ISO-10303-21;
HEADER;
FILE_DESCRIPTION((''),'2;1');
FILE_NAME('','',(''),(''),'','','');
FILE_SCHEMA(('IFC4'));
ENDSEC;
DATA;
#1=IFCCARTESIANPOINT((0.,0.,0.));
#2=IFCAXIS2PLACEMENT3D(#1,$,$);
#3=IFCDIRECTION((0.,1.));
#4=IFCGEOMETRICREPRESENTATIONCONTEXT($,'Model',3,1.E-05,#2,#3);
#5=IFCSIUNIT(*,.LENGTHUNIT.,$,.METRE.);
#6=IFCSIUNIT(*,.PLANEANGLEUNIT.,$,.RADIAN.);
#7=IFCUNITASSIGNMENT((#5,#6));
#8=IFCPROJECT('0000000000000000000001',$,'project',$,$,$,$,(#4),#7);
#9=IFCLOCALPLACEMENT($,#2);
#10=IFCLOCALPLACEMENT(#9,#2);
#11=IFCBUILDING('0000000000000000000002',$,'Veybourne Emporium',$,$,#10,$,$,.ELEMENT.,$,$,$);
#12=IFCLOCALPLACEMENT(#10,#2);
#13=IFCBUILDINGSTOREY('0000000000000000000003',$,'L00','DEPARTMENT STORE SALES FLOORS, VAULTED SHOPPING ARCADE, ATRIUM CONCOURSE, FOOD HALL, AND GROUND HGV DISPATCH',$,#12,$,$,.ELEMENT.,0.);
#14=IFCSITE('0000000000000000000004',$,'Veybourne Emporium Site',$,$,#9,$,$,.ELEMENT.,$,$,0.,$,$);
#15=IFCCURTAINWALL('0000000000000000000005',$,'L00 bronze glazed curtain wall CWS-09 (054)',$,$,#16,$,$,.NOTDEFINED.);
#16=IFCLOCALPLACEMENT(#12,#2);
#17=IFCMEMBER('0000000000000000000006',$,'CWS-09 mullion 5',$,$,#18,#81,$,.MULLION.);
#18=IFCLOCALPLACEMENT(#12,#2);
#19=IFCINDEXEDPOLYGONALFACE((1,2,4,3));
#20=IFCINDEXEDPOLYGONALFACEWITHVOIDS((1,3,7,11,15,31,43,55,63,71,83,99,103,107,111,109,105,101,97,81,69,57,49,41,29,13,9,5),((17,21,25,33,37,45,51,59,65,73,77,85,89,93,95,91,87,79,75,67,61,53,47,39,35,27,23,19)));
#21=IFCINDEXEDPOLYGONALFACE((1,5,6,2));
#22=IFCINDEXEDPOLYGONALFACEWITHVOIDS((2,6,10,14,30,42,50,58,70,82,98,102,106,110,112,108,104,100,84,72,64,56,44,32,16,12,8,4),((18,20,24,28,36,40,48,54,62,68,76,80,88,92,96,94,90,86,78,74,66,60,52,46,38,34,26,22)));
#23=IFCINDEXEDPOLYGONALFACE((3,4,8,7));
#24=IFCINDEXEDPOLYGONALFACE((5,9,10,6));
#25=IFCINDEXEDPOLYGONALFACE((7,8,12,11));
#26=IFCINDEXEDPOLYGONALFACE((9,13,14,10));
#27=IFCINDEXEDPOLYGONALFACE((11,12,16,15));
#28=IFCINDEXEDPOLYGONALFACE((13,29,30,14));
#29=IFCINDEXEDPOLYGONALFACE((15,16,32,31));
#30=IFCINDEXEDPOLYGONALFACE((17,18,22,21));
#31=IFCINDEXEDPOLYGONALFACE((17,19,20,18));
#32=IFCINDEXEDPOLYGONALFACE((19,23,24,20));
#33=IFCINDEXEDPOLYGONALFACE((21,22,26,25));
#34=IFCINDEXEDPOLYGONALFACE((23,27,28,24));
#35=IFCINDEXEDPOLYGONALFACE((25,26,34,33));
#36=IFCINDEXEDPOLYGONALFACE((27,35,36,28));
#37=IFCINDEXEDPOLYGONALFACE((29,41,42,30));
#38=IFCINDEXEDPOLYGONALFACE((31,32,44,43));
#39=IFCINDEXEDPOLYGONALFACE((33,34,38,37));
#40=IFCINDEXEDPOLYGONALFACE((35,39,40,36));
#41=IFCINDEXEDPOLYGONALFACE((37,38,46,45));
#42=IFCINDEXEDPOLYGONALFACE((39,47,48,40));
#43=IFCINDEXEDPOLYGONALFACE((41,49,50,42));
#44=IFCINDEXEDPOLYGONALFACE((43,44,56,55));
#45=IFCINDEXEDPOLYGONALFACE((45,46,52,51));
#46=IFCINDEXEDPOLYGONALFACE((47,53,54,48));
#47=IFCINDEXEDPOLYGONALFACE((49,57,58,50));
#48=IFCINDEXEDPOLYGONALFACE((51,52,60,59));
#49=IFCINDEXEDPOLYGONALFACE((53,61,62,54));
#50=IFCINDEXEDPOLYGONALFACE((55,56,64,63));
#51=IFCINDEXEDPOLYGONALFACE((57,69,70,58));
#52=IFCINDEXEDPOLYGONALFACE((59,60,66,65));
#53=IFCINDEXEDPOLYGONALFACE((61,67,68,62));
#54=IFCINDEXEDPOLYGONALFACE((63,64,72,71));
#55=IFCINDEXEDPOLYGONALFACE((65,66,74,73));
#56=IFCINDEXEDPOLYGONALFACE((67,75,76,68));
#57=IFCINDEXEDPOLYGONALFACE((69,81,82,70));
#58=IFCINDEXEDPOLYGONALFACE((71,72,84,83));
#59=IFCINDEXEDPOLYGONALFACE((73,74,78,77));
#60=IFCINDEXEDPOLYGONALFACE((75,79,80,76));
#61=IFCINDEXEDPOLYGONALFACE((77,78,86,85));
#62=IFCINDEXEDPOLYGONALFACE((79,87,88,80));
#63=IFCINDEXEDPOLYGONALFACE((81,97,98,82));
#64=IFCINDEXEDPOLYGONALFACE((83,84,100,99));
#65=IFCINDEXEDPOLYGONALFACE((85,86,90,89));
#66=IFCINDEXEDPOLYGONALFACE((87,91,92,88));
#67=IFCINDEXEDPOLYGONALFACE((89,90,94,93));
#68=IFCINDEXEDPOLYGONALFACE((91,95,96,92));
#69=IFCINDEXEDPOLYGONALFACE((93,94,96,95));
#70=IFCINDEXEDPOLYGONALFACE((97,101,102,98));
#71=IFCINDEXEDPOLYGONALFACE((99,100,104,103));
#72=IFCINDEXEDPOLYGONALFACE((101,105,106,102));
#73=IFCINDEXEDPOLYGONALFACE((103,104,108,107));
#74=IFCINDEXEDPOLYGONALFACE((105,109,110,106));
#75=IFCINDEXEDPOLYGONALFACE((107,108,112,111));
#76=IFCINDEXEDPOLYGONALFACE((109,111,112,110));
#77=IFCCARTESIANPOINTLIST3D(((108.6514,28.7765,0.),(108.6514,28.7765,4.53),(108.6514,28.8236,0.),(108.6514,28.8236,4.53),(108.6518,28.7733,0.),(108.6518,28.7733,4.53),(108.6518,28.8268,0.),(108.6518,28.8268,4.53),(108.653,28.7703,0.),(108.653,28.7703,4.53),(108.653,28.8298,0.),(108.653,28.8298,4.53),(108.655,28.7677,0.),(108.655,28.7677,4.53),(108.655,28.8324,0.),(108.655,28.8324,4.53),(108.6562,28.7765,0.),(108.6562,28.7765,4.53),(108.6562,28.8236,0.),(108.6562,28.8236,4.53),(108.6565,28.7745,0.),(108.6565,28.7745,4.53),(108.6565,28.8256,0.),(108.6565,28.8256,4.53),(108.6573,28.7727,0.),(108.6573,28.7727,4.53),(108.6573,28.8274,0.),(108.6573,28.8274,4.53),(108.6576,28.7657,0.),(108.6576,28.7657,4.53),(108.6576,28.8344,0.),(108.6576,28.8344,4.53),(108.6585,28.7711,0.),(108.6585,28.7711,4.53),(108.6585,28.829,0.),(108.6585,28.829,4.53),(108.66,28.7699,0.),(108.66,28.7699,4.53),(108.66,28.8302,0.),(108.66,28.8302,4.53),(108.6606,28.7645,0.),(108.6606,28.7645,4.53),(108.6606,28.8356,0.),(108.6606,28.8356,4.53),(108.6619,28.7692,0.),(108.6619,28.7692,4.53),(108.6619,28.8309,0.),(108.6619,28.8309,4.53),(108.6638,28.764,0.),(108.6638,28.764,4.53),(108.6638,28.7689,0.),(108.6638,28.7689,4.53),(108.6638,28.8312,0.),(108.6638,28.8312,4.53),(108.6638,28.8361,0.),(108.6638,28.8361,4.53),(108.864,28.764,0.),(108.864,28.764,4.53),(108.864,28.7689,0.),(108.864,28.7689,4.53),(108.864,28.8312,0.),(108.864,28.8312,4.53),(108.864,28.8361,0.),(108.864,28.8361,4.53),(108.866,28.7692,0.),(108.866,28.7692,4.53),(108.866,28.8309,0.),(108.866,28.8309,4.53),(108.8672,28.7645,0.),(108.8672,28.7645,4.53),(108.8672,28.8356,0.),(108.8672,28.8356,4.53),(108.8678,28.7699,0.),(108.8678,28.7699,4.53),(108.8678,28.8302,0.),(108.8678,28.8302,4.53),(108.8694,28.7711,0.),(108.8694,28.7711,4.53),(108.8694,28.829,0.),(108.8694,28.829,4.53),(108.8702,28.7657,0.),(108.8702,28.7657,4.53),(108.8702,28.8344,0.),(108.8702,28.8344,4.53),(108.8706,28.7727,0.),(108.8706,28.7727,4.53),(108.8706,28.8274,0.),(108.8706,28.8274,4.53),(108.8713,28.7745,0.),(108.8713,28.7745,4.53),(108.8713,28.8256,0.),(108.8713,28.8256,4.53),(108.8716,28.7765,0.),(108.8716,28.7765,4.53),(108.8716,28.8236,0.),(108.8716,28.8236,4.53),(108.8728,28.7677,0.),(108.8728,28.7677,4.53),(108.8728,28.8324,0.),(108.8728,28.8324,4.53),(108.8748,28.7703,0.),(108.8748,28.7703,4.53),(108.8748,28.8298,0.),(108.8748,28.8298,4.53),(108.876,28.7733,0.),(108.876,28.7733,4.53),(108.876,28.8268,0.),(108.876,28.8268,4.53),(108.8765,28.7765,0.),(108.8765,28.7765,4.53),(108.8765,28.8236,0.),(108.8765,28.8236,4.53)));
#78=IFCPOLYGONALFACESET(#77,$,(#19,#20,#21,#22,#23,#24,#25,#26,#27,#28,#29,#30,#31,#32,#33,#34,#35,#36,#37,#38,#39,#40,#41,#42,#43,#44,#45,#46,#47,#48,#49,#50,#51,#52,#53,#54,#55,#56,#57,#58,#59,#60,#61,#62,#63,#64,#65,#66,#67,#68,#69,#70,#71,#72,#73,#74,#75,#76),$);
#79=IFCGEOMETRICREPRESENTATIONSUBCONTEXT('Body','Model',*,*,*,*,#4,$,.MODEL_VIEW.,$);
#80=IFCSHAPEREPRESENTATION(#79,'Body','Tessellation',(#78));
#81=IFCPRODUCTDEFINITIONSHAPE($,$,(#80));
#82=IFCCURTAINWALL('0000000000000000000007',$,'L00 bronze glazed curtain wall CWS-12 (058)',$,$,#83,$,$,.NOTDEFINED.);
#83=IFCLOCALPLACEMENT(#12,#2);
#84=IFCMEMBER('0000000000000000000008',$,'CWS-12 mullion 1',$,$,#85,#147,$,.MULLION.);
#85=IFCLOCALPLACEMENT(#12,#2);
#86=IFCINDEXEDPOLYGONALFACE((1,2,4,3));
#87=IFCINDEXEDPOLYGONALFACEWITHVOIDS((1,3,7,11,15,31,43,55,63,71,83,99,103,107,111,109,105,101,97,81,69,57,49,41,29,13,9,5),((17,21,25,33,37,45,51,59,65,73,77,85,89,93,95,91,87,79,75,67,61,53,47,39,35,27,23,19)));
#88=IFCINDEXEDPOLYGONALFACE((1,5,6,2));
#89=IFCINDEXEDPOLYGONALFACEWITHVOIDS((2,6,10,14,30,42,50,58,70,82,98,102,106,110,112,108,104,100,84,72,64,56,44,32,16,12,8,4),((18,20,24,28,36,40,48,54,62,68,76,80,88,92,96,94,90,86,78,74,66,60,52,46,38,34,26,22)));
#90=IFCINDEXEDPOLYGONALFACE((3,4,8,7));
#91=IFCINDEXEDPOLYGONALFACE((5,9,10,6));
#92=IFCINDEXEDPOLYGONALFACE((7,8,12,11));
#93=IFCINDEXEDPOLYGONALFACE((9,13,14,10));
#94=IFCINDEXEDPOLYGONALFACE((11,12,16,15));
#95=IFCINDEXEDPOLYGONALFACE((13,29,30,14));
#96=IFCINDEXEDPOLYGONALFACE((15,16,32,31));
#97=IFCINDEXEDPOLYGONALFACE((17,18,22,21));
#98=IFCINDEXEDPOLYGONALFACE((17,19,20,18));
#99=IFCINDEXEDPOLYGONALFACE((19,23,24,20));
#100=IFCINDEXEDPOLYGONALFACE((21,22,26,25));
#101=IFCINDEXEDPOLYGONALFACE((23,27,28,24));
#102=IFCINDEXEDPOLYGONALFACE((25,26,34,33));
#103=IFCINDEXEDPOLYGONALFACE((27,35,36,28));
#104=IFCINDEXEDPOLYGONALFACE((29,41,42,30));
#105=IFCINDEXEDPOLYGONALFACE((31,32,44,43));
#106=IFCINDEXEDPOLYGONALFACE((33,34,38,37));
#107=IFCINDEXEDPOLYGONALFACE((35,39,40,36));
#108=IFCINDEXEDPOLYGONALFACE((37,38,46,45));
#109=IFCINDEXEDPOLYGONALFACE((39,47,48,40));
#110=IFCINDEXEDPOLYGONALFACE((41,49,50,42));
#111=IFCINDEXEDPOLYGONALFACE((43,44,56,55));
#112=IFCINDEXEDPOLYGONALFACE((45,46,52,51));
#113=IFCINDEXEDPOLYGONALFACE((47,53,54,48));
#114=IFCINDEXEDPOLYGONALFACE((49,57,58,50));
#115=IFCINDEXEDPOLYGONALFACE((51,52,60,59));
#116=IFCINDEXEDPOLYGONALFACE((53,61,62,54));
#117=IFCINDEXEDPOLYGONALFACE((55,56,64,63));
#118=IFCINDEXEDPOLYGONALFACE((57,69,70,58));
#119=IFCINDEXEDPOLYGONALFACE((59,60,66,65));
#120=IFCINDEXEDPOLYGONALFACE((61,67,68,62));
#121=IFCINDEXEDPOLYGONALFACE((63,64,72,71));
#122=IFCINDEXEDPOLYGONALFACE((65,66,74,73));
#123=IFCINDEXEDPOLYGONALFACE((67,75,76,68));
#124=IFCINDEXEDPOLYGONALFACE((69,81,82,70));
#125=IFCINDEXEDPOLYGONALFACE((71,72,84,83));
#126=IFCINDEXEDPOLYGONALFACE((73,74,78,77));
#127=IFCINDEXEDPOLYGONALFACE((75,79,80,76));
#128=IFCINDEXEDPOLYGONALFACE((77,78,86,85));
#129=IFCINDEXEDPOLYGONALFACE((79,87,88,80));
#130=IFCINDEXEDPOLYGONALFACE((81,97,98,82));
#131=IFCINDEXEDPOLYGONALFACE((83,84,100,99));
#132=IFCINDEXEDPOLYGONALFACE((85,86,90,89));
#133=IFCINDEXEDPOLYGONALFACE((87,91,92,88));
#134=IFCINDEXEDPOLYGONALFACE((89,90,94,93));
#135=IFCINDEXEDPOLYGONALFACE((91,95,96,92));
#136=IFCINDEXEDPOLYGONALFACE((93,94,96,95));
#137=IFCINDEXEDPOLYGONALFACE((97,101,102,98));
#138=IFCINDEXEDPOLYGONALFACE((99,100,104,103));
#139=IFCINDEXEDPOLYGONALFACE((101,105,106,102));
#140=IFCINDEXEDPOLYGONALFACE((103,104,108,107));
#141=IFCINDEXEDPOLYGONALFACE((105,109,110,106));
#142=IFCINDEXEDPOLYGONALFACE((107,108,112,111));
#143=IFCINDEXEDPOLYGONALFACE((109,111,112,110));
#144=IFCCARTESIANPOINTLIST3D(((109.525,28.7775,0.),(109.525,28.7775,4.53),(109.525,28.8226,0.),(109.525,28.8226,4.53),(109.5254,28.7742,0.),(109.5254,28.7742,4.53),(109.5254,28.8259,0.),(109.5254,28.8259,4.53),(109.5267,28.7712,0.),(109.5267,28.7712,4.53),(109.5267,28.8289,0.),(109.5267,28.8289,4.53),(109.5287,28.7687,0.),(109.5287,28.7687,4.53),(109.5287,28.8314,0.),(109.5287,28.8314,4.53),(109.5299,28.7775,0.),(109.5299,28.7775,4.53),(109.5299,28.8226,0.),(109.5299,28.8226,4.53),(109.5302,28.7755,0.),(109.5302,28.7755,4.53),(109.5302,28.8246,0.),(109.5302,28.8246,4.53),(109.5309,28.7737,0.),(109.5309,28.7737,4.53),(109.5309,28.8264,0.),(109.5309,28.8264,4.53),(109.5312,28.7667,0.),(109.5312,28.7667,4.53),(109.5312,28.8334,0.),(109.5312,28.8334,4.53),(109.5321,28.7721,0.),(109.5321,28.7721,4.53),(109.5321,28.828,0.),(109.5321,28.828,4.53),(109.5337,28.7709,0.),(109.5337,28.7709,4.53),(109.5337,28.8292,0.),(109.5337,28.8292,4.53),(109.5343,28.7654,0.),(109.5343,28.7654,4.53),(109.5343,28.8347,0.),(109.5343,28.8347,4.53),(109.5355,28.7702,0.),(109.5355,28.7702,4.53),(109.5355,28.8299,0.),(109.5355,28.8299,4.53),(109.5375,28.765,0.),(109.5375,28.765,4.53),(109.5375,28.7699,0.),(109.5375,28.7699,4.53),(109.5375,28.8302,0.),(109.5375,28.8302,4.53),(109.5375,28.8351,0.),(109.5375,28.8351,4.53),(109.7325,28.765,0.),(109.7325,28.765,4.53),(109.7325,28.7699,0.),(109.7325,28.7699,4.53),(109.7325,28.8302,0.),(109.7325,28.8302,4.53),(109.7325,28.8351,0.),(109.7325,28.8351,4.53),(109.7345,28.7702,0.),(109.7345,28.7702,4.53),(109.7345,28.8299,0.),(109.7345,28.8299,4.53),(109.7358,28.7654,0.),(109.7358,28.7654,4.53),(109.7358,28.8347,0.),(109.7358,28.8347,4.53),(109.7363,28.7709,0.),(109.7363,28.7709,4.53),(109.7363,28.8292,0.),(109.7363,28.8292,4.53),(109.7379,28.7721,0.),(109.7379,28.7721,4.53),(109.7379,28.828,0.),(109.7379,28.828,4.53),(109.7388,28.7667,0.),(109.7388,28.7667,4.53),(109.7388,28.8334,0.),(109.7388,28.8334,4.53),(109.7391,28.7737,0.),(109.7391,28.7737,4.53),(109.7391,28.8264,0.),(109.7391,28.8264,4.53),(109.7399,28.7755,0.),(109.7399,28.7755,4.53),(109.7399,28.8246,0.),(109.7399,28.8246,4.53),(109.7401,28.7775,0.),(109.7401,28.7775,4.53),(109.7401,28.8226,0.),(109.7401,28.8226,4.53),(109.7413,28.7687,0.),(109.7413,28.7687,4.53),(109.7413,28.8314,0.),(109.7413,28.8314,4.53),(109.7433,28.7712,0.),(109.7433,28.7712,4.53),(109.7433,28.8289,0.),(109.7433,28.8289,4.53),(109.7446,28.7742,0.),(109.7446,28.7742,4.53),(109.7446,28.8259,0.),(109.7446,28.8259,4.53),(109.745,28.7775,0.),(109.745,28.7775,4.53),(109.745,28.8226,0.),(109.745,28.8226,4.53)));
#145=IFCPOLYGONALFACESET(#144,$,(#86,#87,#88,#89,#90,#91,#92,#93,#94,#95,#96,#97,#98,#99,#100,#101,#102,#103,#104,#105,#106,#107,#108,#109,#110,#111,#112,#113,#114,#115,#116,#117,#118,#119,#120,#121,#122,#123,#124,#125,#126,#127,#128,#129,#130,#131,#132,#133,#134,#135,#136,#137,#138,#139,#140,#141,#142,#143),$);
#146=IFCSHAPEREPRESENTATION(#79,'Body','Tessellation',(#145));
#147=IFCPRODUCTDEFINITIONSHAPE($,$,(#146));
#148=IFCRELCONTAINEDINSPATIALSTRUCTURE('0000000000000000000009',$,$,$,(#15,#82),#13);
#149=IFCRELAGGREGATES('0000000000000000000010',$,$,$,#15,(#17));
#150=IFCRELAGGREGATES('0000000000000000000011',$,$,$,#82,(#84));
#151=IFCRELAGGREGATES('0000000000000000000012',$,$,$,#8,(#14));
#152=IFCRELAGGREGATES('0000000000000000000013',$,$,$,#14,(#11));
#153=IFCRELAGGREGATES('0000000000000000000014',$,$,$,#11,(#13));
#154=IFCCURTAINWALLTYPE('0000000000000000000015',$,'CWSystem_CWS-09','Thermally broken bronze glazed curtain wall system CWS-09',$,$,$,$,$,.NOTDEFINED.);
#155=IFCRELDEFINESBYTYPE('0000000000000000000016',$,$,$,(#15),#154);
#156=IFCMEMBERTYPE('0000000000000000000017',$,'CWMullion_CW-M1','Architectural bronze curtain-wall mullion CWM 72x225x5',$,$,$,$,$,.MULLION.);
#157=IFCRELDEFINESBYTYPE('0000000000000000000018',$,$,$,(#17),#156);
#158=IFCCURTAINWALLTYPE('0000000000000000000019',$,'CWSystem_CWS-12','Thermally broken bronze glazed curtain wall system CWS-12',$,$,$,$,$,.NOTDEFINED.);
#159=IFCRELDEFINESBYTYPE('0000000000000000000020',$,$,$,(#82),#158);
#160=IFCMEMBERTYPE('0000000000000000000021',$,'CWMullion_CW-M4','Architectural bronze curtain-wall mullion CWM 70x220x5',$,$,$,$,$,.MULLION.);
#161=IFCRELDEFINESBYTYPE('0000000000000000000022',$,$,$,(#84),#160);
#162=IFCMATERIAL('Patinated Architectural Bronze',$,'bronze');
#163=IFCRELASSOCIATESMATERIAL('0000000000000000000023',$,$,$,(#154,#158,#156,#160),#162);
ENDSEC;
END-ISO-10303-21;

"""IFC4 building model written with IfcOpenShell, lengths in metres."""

from ifc_helpers import new_model, si_unit, direction, frame, origin, origin_2d, place, context, subcontext, project, spatial, hollow_rectangle, extrude, material, material_profile, profile_set, type_object, element, aggregate, save


model = new_model("IFC4")

# Units and contexts
model_context = context("Model", 3, precision=1e-05, world=origin(), true_north=direction((0.0, 1.0)))
body_context = subcontext(model_context, "Body", "Model", "MODEL_VIEW")
ifc_project = project(units=[si_unit("LENGTHUNIT", "METRE"), si_unit("PLANEANGLEUNIT", "RADIAN")], contexts=[model_context])

# Site, building, storey
site_placement = place(None, origin())
site = spatial("IfcSite", under=ifc_project, at=site_placement, Name="Veybourne Emporium Site", CompositionType="ELEMENT", RefElevation=0.0)
building_placement = place(site_placement, origin())
building = spatial("IfcBuilding", under=site, at=building_placement, Name="Veybourne Emporium", CompositionType="ELEMENT")
storey_placement = place(building_placement, origin())
storey = spatial("IfcBuildingStorey", under=building, at=storey_placement, Name="L00", Description="DEPARTMENT STORE SALES FLOORS, VAULTED SHOPPING ARCADE, ATRIUM CONCOURSE, FOOD HALL, AND GROUND HGV DISPATCH", CompositionType="ELEMENT", Elevation=0.0)

# Curtain walls, members
ifc_material_1 = material(Name="Patinated Architectural Bronze", Category="bronze")
curtain_wall_type_1 = type_object("IfcCurtainWallType", Name="CWSystem_CWS-09", Description="Thermally broken bronze glazed curtain wall system CWS-09", PredefinedType="NOTDEFINED", material=ifc_material_1)
curtain_wall_1_placement = place(storey_placement, origin())
curtain_wall_1 = element("IfcCurtainWall", 1, at=curtain_wall_1_placement, inside=storey, type_object=curtain_wall_type_1, Name="L00 bronze glazed curtain wall CWS-09 (054)", PredefinedType="NOTDEFINED")
ifc_material_profile_1 = material_profile(ifc_material_1, hollow_rectangle(XDim=0.072, YDim=0.2251, WallThickness=0.0049, InnerFilletRadius=0.0076, OuterFilletRadius=0.0125, at=origin_2d()), Name="CWM 72x225x5")
ifc_profile_set_1 = profile_set([ifc_material_profile_1], Name="Patinated Architectural Bronze")
member_type_1 = type_object("IfcMemberType", Name="CWMullion_CW-M1", Description="Architectural bronze curtain-wall mullion CWM 72x225x5", PredefinedType="MULLION", material=ifc_profile_set_1)
member_1_placement = place(storey_placement, frame((108.7639, 28.8, 0.0), z_axis=(0.0, 0.0, 1.0), x_axis=(0.0, 1.0, 0.0)))
member_1 = element("IfcMember", 2, at=member_1_placement, type_object=member_type_1, Name="CWS-09 mullion 5", PredefinedType="MULLION", context=body_context, shape_type="SweptSolid", body=[
    extrude(hollow_rectangle(XDim=0.072, YDim=0.2251, WallThickness=0.0049, InnerFilletRadius=0.0076, OuterFilletRadius=0.0125, at=origin_2d()), origin(), (0.0, 0.0, 1.0), 4.53),
])
curtain_wall_type_2 = type_object("IfcCurtainWallType", Name="CWSystem_CWS-12", Description="Thermally broken bronze glazed curtain wall system CWS-12", PredefinedType="NOTDEFINED", material=ifc_material_1)
curtain_wall_2_placement = place(storey_placement, origin())
curtain_wall_2 = element("IfcCurtainWall", 3, at=curtain_wall_2_placement, inside=storey, type_object=curtain_wall_type_2, Name="L00 bronze glazed curtain wall CWS-12 (058)", PredefinedType="NOTDEFINED")
ifc_material_profile_2 = material_profile(ifc_material_1, hollow_rectangle(XDim=0.0701, YDim=0.22, WallThickness=0.0049, InnerFilletRadius=0.0076, OuterFilletRadius=0.0125, at=origin_2d()), Name="CWM 70x220x5")
ifc_profile_set_2 = profile_set([ifc_material_profile_2], Name="Patinated Architectural Bronze")
member_type_2 = type_object("IfcMemberType", Name="CWMullion_CW-M4", Description="Architectural bronze curtain-wall mullion CWM 70x220x5", PredefinedType="MULLION", material=ifc_profile_set_2)
member_2_placement = place(storey_placement, frame((109.635, 28.8, 0.0), z_axis=(0.0, 0.0, 1.0), x_axis=(0.0, 1.0, 0.0)))
member_2 = element("IfcMember", 4, at=member_2_placement, type_object=member_type_2, Name="CWS-12 mullion 1", PredefinedType="MULLION", context=body_context, shape_type="SweptSolid", body=[
    extrude(hollow_rectangle(XDim=0.0701, YDim=0.22, WallThickness=0.0049, InnerFilletRadius=0.0076, OuterFilletRadius=0.0125, at=origin_2d()), origin(), (0.0, 0.0, 1.0), 4.53),
])

aggregate(curtain_wall_1, [member_1])
aggregate(curtain_wall_2, [member_2])

save(model, "model.ifc")
